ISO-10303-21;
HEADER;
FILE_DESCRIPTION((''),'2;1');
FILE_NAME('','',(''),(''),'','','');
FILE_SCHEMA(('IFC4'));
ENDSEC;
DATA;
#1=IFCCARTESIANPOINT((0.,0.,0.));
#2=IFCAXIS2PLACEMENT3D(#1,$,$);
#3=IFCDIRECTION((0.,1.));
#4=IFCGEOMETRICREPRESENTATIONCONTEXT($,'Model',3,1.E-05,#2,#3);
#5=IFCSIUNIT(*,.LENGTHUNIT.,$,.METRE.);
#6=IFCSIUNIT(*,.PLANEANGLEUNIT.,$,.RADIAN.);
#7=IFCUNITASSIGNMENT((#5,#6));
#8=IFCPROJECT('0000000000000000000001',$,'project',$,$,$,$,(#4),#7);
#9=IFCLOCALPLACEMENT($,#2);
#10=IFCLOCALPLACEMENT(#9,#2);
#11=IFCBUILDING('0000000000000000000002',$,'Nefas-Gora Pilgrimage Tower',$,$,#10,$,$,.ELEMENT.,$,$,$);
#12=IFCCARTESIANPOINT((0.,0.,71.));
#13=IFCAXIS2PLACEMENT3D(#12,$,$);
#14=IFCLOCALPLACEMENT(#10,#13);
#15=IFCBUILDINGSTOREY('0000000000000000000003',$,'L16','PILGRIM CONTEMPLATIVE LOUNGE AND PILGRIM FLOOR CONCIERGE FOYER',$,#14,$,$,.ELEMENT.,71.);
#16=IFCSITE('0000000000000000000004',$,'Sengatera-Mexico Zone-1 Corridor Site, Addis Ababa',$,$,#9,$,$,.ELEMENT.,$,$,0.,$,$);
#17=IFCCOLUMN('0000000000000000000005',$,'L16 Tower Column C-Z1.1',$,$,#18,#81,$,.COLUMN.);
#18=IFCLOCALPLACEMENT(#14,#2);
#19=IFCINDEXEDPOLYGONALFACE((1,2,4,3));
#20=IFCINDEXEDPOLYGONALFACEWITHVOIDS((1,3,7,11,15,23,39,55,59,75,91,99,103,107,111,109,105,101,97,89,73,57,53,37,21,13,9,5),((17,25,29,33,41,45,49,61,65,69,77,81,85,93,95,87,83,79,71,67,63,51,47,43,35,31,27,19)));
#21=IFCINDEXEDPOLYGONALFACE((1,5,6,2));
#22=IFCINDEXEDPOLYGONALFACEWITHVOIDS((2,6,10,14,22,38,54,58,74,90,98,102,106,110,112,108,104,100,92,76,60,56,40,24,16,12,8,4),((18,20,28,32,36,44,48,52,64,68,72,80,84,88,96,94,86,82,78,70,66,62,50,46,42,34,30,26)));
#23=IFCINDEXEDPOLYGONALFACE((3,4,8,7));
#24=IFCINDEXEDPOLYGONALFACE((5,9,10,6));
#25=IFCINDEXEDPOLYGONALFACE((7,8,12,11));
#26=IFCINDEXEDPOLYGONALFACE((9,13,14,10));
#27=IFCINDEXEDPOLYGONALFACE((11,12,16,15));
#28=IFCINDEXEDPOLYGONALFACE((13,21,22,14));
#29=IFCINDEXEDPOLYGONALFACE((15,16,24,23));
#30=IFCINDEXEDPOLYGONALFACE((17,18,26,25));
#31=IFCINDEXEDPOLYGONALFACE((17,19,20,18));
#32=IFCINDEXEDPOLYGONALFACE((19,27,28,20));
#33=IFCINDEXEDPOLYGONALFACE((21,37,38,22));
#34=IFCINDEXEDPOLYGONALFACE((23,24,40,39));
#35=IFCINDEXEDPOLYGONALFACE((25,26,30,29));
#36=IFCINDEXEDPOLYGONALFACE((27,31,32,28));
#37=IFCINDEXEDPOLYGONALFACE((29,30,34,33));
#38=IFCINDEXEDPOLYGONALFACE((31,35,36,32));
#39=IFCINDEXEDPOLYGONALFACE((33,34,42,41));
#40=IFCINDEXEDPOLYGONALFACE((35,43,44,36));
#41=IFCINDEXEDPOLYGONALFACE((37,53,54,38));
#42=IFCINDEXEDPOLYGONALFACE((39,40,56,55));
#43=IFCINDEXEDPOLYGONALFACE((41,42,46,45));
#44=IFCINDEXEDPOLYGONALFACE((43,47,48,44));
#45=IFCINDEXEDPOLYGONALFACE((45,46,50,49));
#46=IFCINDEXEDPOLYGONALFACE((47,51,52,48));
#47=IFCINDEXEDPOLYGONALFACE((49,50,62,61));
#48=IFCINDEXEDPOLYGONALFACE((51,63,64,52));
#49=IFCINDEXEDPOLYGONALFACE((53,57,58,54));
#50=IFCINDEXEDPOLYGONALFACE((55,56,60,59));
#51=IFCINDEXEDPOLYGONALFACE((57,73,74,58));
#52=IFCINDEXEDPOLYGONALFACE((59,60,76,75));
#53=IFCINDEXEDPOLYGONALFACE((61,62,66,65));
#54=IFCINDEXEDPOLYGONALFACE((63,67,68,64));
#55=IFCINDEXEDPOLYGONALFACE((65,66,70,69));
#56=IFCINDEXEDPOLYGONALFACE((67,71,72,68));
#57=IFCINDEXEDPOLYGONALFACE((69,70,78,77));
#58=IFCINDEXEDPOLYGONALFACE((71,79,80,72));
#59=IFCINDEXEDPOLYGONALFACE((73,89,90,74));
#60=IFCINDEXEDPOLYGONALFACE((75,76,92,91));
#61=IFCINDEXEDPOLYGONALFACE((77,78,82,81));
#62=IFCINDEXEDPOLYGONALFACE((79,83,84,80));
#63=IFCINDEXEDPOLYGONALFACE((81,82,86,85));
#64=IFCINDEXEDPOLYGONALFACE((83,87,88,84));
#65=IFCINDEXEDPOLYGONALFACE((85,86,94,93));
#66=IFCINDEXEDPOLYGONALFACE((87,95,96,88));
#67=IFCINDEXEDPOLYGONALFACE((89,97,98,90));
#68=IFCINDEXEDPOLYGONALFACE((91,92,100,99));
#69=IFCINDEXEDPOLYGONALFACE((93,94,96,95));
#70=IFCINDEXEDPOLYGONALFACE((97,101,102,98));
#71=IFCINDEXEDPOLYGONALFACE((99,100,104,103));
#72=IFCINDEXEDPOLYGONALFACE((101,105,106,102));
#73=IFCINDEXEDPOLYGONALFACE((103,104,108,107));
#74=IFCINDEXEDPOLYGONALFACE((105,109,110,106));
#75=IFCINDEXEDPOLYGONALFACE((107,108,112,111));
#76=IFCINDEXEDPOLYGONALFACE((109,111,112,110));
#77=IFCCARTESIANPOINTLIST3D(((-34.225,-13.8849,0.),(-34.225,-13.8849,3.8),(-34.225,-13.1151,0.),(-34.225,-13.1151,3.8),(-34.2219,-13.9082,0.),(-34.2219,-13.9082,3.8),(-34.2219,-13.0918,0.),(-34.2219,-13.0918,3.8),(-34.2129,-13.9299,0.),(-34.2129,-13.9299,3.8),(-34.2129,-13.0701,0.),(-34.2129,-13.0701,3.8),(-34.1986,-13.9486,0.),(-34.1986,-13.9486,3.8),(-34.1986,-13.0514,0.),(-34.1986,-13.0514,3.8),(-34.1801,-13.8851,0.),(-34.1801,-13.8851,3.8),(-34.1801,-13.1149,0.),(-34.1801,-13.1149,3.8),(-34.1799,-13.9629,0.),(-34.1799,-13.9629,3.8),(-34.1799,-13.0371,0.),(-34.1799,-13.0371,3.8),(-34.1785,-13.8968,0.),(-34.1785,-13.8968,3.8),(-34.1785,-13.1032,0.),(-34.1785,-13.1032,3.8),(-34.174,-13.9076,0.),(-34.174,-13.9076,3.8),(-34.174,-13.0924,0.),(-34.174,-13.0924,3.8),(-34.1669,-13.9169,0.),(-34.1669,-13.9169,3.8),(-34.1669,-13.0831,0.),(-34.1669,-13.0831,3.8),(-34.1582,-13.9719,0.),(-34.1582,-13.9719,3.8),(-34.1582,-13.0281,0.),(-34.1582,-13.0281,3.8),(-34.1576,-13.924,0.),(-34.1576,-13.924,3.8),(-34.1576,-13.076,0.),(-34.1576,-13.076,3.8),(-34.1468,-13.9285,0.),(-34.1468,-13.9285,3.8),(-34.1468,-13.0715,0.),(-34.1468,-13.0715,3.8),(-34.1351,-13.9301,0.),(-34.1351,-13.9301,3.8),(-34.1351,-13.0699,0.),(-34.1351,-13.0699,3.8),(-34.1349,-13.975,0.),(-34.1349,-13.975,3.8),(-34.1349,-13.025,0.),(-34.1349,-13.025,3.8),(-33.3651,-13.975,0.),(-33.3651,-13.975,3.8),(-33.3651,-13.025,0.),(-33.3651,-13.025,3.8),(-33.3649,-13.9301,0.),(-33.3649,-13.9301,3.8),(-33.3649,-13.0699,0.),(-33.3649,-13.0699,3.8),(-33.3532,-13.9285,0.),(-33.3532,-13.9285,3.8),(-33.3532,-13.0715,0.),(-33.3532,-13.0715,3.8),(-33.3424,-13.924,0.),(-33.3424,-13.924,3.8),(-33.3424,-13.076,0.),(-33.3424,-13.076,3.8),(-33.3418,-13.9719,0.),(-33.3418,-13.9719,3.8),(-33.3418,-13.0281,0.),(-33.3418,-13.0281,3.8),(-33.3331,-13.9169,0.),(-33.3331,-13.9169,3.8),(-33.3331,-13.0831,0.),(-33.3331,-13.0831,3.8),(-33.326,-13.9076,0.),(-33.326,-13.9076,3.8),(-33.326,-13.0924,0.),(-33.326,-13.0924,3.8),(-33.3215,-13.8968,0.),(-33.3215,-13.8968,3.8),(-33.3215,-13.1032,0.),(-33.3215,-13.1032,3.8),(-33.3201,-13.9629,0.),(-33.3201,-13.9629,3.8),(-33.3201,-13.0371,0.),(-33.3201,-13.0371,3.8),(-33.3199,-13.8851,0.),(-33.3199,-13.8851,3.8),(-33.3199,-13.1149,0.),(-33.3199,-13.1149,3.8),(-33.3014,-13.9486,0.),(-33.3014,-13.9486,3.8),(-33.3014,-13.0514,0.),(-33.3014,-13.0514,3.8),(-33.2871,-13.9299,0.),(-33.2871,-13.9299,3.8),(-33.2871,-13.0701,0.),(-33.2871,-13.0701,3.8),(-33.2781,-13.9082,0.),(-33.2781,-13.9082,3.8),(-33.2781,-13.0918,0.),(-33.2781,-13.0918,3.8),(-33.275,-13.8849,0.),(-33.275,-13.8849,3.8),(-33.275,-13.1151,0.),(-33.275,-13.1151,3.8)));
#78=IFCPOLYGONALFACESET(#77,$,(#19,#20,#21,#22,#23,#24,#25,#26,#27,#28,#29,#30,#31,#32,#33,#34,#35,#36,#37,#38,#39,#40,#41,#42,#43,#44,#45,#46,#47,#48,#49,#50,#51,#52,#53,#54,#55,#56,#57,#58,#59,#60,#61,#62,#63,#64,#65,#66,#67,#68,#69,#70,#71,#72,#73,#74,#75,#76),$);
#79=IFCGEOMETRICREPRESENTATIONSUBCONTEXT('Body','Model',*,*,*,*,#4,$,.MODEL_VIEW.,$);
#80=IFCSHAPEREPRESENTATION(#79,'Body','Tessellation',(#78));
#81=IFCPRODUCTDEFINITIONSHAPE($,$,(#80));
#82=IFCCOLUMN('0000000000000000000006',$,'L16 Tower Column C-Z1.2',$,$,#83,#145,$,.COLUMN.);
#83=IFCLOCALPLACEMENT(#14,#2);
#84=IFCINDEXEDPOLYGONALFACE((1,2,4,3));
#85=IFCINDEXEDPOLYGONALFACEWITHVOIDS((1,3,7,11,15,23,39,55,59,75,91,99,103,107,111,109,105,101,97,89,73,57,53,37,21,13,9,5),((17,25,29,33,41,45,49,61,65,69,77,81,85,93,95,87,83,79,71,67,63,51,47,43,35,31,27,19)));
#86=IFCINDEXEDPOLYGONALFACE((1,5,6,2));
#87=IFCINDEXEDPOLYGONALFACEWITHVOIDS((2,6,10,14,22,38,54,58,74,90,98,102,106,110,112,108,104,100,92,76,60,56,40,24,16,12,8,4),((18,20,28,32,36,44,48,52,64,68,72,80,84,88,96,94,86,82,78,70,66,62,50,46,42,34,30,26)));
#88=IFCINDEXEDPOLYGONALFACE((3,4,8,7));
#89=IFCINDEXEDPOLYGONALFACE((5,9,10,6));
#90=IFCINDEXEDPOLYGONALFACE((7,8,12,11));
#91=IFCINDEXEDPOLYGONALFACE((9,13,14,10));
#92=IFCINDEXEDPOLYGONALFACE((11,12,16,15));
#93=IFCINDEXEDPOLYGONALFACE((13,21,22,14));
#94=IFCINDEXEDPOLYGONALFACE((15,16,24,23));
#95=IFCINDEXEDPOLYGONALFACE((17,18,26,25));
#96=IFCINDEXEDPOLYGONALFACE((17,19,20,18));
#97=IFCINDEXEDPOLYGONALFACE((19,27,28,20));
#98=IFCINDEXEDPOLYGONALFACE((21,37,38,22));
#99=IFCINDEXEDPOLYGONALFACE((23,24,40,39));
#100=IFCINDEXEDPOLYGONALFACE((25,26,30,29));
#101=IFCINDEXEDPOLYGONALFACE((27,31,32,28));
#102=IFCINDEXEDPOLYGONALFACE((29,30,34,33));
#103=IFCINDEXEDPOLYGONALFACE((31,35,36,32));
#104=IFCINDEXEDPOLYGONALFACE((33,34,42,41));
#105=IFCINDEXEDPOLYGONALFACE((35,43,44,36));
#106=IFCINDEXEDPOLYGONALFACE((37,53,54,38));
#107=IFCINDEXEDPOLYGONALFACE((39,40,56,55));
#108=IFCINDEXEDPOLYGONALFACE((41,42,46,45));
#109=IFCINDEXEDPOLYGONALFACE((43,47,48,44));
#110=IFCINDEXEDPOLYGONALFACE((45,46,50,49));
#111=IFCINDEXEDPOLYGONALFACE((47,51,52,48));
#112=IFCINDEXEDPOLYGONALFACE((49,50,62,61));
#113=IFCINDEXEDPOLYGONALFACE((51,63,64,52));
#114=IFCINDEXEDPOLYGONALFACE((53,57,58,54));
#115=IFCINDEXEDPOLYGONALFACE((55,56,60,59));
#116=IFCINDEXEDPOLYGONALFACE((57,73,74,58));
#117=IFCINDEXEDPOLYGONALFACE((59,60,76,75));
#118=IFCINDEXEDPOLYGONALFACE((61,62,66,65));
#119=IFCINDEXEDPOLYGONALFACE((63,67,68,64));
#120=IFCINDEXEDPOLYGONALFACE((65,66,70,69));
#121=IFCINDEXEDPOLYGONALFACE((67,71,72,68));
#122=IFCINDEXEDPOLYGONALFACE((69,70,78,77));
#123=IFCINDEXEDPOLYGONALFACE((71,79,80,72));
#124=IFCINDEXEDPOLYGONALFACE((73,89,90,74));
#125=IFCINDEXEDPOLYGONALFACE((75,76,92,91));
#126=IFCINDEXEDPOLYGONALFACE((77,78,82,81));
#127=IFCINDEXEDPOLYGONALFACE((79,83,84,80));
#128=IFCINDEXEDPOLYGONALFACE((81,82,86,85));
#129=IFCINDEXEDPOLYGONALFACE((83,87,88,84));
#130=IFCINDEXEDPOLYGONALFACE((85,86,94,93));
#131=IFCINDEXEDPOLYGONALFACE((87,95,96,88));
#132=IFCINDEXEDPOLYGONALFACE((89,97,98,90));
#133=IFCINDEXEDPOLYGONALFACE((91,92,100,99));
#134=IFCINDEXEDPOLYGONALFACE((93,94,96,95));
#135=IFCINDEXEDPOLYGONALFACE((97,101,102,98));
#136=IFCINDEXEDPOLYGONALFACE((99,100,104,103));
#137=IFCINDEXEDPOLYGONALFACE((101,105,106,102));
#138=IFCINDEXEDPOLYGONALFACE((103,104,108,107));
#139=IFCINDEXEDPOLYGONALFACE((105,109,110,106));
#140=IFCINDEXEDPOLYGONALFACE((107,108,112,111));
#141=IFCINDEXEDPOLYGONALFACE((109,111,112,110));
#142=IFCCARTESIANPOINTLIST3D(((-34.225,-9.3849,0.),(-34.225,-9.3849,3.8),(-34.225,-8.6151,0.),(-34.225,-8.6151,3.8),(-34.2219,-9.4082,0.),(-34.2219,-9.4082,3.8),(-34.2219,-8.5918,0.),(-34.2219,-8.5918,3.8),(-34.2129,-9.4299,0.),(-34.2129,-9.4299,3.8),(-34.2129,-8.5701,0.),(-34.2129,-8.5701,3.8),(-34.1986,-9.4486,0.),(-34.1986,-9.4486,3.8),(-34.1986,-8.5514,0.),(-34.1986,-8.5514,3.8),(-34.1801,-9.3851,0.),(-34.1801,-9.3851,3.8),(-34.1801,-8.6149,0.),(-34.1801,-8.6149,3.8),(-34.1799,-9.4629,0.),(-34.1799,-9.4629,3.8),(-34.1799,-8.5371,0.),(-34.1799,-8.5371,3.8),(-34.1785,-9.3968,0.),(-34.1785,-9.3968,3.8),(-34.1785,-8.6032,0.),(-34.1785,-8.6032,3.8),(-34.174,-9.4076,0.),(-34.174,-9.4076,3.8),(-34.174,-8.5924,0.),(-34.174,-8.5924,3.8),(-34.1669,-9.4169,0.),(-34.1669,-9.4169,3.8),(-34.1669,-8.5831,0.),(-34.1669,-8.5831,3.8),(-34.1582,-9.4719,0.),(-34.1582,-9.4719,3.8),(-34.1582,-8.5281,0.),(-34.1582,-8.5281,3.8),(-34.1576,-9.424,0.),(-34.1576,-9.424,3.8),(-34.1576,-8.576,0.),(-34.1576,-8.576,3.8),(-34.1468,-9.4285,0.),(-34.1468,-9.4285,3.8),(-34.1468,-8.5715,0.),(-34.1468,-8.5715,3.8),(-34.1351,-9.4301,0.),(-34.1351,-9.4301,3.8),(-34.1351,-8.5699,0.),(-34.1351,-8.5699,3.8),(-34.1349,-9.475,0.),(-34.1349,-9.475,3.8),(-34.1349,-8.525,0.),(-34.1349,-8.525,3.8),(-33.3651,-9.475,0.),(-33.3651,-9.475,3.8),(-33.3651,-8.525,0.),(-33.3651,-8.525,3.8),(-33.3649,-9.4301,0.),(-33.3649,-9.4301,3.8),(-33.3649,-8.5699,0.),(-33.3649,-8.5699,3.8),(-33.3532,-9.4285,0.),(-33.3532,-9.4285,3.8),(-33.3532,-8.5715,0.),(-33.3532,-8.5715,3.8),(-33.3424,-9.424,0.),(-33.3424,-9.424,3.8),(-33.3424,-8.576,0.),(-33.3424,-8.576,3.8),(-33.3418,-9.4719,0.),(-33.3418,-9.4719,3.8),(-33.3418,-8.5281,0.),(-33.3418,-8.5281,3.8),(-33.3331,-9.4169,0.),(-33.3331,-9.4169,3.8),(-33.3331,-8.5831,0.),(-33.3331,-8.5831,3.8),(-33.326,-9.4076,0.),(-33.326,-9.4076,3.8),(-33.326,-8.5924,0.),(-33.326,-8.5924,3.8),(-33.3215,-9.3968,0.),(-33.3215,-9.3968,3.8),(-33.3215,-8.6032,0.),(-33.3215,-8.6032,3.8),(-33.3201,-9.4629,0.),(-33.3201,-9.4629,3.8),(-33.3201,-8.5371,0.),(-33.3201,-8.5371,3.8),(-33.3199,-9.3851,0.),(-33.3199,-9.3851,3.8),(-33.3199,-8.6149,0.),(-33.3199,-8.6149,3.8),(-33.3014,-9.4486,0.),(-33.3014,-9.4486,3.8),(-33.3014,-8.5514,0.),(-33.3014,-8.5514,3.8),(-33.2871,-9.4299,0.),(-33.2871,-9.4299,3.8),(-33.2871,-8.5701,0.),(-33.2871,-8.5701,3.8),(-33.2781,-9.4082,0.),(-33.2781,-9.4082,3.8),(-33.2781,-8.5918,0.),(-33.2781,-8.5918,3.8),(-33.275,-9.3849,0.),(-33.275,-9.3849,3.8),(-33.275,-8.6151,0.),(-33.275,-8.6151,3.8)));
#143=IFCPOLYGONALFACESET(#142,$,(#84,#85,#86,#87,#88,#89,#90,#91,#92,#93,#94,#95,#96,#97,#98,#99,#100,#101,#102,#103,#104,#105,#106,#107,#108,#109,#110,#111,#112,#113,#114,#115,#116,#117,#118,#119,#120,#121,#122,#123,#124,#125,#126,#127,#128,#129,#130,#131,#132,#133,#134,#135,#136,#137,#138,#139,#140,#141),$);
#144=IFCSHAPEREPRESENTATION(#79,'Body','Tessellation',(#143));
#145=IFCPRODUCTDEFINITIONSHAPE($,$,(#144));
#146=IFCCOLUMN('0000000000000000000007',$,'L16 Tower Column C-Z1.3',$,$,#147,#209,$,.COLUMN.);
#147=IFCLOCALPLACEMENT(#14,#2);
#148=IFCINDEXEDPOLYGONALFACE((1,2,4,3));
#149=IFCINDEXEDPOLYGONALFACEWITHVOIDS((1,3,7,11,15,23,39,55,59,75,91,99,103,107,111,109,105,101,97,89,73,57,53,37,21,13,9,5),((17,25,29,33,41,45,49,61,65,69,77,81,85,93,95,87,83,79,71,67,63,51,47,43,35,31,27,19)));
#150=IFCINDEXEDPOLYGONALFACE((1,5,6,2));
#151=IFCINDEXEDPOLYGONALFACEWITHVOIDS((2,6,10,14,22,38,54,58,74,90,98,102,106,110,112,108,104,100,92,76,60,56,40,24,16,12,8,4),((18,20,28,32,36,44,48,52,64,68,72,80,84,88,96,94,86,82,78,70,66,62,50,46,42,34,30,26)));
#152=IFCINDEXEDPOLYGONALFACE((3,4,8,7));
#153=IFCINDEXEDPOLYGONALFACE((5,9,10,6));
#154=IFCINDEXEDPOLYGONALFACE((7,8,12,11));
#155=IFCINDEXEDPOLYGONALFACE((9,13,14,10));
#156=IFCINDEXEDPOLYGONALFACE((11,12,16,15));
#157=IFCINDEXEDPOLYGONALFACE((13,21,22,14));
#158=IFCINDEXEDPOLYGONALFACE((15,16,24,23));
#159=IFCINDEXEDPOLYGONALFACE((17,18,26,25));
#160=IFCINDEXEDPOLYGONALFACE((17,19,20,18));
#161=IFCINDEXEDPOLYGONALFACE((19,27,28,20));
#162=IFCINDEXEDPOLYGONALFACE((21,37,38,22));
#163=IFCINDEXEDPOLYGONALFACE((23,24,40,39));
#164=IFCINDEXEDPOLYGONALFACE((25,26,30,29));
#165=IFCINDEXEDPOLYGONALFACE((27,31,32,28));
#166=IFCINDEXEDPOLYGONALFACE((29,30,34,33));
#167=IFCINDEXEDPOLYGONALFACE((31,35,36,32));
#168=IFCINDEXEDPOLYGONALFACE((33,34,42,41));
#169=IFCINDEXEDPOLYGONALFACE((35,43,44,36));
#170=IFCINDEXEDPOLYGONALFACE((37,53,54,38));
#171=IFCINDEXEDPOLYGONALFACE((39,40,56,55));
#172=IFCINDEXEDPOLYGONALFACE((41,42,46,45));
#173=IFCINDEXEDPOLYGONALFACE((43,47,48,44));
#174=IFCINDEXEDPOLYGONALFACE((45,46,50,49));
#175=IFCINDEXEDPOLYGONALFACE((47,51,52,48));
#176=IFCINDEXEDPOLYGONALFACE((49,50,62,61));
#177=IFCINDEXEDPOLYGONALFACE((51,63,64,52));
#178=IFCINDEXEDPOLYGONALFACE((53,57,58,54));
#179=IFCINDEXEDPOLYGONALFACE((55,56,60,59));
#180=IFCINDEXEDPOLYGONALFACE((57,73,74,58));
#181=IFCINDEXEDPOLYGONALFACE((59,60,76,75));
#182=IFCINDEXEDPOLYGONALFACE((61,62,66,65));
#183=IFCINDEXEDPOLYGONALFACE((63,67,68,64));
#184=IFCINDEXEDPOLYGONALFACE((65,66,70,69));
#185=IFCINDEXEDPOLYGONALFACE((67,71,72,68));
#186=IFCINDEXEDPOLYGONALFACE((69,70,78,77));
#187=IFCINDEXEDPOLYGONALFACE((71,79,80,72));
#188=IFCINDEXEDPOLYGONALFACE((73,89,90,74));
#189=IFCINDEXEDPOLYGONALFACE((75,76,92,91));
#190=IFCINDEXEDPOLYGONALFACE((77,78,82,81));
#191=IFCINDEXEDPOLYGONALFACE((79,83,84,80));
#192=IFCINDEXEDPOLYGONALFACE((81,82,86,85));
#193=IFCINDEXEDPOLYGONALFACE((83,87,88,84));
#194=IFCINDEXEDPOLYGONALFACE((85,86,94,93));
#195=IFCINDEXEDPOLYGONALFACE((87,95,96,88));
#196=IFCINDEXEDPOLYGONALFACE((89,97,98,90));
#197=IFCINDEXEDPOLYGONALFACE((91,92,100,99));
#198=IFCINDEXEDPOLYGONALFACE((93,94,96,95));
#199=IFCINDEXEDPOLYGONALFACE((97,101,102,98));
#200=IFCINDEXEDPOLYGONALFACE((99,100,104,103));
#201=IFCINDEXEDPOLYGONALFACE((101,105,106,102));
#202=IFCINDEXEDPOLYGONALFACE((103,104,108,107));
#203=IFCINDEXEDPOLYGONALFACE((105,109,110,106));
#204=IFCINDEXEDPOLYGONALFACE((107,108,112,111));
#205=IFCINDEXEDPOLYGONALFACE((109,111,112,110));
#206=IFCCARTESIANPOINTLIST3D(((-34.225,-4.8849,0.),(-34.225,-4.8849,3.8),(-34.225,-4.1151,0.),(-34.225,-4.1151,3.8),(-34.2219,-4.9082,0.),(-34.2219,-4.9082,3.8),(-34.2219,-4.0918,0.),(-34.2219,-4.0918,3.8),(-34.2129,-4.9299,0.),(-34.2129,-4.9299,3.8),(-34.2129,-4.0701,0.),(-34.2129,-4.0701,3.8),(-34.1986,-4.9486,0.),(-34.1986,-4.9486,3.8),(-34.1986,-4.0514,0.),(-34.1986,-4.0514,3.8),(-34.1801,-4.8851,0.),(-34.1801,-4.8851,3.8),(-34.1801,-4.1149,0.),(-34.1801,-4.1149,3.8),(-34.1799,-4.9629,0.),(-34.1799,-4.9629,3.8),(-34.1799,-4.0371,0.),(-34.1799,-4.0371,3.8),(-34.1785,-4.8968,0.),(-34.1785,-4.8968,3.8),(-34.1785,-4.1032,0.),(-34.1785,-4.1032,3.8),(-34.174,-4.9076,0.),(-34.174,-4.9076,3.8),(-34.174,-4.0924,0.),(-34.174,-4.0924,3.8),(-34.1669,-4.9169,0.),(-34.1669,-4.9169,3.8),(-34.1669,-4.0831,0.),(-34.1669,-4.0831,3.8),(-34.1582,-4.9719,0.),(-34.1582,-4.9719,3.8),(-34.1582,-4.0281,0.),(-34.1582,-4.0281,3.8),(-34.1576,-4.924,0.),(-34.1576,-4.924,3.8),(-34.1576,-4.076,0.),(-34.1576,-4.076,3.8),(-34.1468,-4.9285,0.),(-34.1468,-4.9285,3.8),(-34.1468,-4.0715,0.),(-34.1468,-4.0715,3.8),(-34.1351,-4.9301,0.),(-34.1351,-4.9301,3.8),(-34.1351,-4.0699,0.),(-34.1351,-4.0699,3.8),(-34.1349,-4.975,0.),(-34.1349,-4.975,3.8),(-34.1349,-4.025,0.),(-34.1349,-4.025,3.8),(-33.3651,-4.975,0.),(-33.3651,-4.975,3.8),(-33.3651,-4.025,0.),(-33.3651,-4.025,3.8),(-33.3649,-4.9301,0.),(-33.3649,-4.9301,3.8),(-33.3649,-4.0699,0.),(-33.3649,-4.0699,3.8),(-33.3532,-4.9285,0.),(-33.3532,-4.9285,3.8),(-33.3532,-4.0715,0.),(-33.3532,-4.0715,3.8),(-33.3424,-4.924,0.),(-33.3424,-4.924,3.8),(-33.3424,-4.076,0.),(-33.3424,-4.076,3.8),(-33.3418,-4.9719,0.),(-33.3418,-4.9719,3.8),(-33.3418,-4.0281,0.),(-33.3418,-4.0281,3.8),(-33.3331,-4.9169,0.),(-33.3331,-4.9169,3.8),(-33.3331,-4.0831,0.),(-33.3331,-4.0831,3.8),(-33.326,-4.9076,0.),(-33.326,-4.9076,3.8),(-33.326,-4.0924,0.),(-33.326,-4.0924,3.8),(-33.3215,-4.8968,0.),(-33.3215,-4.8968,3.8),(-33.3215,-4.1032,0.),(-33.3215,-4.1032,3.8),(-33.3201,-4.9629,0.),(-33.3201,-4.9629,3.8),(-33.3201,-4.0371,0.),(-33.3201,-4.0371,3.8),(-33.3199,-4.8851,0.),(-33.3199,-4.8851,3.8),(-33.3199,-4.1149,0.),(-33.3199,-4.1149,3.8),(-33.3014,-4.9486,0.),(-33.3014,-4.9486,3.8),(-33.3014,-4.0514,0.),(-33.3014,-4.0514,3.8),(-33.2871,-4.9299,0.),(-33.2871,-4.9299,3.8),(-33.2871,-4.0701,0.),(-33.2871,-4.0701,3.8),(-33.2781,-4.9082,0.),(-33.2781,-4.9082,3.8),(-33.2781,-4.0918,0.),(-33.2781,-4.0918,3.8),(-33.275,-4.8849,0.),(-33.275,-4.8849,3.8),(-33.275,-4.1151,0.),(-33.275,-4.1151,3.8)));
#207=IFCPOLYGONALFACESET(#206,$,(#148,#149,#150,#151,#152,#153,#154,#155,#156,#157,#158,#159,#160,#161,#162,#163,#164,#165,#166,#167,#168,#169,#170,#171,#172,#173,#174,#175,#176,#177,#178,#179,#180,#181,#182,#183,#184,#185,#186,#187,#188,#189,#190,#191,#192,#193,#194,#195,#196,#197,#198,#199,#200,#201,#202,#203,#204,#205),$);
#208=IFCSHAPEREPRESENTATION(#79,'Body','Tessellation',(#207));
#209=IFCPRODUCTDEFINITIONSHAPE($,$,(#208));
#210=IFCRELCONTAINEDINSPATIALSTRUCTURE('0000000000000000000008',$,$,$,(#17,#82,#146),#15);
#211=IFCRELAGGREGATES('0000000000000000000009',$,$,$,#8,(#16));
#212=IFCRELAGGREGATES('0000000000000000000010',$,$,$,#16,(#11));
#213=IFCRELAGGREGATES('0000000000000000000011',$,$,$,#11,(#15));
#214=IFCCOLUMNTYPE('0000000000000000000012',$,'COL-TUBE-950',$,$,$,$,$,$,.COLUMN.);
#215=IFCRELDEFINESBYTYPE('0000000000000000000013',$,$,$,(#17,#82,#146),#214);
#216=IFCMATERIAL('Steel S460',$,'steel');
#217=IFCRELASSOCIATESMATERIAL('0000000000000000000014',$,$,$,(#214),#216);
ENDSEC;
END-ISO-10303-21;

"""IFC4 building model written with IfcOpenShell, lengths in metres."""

from ifc_helpers import new_model, si_unit, direction, frame, origin, origin_2d, place, context, subcontext, project, spatial, hollow_rectangle, extrude, source, transform, mapped, material, material_profile, profile_set, type_object, element, save


model = new_model("IFC4")

# Units and contexts
model_context = context("Model", 3, precision=1e-05, world=origin(), true_north=direction((0.0, 1.0)))
body_context = subcontext(model_context, "Body", "Model", "MODEL_VIEW")
ifc_project = project(units=[si_unit("LENGTHUNIT", "METRE"), si_unit("PLANEANGLEUNIT", "RADIAN")], contexts=[model_context])

# Site, building, storey
site_placement = place(None, origin())
site = spatial("IfcSite", under=ifc_project, at=site_placement, Name="Sengatera-Mexico Zone-1 Corridor Site, Addis Ababa", CompositionType="ELEMENT", RefElevation=0.0)
building_placement = place(site_placement, origin())
building = spatial("IfcBuilding", under=site, at=building_placement, Name="Nefas-Gora Pilgrimage Tower", CompositionType="ELEMENT")
storey_placement = place(building_placement, frame((0.0, 0.0, 71.0)))
storey = spatial("IfcBuildingStorey", under=building, at=storey_placement, Name="L16", Description="PILGRIM CONTEMPLATIVE LOUNGE AND PILGRIM FLOOR CONCIERGE FOYER", CompositionType="ELEMENT", Elevation=71.0)

# Columns
ifc_material_1 = material(Name="Steel S460", Category="steel")
ifc_material_profile_1 = material_profile(ifc_material_1, hollow_rectangle(XDim=0.95, YDim=0.95, WallThickness=0.0449, InnerFilletRadius=0.0449, OuterFilletRadius=0.0901, at=origin_2d()), Name="BOX 950x950x45")
ifc_profile_set_1 = profile_set([ifc_material_profile_1], Name="Steel S460")
column_type_1 = type_object("IfcColumnType", Name="COL-TUBE-950", PredefinedType="COLUMN", material=ifc_profile_set_1)
shared_shape_1 = source(origin(), body_context, "Body", "SweptSolid", [
    extrude(hollow_rectangle(XDim=0.95, YDim=0.95, WallThickness=0.0449, InnerFilletRadius=0.0449, OuterFilletRadius=0.0901, at=origin_2d()), origin(), (0.0, 0.0, 1.0), 3.8),
])
for number, where, z_axis, x_axis, name in (
    (1, (-33.75, -13.5, 0.0), (0.0, 0.0, 1.0), (1.0, 0.0, 0.0), "L16 Tower Column C-Z1.1"),
    (2, (-33.75, -9.0, 0.0), (0.0, 0.0, 1.0), (1.0, 0.0, 0.0), "L16 Tower Column C-Z1.2"),
    (3, (-33.75, -4.5, 0.0), (0.0, 0.0, 1.0), (1.0, 0.0, 0.0), "L16 Tower Column C-Z1.3"),
):
    element("IfcColumn", number, at=place(storey_placement, frame(where, z_axis=z_axis, x_axis=x_axis)), inside=storey, type_object=column_type_1, Name=name, PredefinedType="COLUMN", context=body_context, shape_type="MappedRepresentation", body=[
        mapped(shared_shape_1, transform((0.0, 0.0, 0.0), x_axis=(1.0, 0.0, 0.0), y_axis=(0.0, 1.0, 0.0), z_axis=(0.0, 0.0, 1.0), scale=1.0)),
    ])

save(model, "model.ifc")
